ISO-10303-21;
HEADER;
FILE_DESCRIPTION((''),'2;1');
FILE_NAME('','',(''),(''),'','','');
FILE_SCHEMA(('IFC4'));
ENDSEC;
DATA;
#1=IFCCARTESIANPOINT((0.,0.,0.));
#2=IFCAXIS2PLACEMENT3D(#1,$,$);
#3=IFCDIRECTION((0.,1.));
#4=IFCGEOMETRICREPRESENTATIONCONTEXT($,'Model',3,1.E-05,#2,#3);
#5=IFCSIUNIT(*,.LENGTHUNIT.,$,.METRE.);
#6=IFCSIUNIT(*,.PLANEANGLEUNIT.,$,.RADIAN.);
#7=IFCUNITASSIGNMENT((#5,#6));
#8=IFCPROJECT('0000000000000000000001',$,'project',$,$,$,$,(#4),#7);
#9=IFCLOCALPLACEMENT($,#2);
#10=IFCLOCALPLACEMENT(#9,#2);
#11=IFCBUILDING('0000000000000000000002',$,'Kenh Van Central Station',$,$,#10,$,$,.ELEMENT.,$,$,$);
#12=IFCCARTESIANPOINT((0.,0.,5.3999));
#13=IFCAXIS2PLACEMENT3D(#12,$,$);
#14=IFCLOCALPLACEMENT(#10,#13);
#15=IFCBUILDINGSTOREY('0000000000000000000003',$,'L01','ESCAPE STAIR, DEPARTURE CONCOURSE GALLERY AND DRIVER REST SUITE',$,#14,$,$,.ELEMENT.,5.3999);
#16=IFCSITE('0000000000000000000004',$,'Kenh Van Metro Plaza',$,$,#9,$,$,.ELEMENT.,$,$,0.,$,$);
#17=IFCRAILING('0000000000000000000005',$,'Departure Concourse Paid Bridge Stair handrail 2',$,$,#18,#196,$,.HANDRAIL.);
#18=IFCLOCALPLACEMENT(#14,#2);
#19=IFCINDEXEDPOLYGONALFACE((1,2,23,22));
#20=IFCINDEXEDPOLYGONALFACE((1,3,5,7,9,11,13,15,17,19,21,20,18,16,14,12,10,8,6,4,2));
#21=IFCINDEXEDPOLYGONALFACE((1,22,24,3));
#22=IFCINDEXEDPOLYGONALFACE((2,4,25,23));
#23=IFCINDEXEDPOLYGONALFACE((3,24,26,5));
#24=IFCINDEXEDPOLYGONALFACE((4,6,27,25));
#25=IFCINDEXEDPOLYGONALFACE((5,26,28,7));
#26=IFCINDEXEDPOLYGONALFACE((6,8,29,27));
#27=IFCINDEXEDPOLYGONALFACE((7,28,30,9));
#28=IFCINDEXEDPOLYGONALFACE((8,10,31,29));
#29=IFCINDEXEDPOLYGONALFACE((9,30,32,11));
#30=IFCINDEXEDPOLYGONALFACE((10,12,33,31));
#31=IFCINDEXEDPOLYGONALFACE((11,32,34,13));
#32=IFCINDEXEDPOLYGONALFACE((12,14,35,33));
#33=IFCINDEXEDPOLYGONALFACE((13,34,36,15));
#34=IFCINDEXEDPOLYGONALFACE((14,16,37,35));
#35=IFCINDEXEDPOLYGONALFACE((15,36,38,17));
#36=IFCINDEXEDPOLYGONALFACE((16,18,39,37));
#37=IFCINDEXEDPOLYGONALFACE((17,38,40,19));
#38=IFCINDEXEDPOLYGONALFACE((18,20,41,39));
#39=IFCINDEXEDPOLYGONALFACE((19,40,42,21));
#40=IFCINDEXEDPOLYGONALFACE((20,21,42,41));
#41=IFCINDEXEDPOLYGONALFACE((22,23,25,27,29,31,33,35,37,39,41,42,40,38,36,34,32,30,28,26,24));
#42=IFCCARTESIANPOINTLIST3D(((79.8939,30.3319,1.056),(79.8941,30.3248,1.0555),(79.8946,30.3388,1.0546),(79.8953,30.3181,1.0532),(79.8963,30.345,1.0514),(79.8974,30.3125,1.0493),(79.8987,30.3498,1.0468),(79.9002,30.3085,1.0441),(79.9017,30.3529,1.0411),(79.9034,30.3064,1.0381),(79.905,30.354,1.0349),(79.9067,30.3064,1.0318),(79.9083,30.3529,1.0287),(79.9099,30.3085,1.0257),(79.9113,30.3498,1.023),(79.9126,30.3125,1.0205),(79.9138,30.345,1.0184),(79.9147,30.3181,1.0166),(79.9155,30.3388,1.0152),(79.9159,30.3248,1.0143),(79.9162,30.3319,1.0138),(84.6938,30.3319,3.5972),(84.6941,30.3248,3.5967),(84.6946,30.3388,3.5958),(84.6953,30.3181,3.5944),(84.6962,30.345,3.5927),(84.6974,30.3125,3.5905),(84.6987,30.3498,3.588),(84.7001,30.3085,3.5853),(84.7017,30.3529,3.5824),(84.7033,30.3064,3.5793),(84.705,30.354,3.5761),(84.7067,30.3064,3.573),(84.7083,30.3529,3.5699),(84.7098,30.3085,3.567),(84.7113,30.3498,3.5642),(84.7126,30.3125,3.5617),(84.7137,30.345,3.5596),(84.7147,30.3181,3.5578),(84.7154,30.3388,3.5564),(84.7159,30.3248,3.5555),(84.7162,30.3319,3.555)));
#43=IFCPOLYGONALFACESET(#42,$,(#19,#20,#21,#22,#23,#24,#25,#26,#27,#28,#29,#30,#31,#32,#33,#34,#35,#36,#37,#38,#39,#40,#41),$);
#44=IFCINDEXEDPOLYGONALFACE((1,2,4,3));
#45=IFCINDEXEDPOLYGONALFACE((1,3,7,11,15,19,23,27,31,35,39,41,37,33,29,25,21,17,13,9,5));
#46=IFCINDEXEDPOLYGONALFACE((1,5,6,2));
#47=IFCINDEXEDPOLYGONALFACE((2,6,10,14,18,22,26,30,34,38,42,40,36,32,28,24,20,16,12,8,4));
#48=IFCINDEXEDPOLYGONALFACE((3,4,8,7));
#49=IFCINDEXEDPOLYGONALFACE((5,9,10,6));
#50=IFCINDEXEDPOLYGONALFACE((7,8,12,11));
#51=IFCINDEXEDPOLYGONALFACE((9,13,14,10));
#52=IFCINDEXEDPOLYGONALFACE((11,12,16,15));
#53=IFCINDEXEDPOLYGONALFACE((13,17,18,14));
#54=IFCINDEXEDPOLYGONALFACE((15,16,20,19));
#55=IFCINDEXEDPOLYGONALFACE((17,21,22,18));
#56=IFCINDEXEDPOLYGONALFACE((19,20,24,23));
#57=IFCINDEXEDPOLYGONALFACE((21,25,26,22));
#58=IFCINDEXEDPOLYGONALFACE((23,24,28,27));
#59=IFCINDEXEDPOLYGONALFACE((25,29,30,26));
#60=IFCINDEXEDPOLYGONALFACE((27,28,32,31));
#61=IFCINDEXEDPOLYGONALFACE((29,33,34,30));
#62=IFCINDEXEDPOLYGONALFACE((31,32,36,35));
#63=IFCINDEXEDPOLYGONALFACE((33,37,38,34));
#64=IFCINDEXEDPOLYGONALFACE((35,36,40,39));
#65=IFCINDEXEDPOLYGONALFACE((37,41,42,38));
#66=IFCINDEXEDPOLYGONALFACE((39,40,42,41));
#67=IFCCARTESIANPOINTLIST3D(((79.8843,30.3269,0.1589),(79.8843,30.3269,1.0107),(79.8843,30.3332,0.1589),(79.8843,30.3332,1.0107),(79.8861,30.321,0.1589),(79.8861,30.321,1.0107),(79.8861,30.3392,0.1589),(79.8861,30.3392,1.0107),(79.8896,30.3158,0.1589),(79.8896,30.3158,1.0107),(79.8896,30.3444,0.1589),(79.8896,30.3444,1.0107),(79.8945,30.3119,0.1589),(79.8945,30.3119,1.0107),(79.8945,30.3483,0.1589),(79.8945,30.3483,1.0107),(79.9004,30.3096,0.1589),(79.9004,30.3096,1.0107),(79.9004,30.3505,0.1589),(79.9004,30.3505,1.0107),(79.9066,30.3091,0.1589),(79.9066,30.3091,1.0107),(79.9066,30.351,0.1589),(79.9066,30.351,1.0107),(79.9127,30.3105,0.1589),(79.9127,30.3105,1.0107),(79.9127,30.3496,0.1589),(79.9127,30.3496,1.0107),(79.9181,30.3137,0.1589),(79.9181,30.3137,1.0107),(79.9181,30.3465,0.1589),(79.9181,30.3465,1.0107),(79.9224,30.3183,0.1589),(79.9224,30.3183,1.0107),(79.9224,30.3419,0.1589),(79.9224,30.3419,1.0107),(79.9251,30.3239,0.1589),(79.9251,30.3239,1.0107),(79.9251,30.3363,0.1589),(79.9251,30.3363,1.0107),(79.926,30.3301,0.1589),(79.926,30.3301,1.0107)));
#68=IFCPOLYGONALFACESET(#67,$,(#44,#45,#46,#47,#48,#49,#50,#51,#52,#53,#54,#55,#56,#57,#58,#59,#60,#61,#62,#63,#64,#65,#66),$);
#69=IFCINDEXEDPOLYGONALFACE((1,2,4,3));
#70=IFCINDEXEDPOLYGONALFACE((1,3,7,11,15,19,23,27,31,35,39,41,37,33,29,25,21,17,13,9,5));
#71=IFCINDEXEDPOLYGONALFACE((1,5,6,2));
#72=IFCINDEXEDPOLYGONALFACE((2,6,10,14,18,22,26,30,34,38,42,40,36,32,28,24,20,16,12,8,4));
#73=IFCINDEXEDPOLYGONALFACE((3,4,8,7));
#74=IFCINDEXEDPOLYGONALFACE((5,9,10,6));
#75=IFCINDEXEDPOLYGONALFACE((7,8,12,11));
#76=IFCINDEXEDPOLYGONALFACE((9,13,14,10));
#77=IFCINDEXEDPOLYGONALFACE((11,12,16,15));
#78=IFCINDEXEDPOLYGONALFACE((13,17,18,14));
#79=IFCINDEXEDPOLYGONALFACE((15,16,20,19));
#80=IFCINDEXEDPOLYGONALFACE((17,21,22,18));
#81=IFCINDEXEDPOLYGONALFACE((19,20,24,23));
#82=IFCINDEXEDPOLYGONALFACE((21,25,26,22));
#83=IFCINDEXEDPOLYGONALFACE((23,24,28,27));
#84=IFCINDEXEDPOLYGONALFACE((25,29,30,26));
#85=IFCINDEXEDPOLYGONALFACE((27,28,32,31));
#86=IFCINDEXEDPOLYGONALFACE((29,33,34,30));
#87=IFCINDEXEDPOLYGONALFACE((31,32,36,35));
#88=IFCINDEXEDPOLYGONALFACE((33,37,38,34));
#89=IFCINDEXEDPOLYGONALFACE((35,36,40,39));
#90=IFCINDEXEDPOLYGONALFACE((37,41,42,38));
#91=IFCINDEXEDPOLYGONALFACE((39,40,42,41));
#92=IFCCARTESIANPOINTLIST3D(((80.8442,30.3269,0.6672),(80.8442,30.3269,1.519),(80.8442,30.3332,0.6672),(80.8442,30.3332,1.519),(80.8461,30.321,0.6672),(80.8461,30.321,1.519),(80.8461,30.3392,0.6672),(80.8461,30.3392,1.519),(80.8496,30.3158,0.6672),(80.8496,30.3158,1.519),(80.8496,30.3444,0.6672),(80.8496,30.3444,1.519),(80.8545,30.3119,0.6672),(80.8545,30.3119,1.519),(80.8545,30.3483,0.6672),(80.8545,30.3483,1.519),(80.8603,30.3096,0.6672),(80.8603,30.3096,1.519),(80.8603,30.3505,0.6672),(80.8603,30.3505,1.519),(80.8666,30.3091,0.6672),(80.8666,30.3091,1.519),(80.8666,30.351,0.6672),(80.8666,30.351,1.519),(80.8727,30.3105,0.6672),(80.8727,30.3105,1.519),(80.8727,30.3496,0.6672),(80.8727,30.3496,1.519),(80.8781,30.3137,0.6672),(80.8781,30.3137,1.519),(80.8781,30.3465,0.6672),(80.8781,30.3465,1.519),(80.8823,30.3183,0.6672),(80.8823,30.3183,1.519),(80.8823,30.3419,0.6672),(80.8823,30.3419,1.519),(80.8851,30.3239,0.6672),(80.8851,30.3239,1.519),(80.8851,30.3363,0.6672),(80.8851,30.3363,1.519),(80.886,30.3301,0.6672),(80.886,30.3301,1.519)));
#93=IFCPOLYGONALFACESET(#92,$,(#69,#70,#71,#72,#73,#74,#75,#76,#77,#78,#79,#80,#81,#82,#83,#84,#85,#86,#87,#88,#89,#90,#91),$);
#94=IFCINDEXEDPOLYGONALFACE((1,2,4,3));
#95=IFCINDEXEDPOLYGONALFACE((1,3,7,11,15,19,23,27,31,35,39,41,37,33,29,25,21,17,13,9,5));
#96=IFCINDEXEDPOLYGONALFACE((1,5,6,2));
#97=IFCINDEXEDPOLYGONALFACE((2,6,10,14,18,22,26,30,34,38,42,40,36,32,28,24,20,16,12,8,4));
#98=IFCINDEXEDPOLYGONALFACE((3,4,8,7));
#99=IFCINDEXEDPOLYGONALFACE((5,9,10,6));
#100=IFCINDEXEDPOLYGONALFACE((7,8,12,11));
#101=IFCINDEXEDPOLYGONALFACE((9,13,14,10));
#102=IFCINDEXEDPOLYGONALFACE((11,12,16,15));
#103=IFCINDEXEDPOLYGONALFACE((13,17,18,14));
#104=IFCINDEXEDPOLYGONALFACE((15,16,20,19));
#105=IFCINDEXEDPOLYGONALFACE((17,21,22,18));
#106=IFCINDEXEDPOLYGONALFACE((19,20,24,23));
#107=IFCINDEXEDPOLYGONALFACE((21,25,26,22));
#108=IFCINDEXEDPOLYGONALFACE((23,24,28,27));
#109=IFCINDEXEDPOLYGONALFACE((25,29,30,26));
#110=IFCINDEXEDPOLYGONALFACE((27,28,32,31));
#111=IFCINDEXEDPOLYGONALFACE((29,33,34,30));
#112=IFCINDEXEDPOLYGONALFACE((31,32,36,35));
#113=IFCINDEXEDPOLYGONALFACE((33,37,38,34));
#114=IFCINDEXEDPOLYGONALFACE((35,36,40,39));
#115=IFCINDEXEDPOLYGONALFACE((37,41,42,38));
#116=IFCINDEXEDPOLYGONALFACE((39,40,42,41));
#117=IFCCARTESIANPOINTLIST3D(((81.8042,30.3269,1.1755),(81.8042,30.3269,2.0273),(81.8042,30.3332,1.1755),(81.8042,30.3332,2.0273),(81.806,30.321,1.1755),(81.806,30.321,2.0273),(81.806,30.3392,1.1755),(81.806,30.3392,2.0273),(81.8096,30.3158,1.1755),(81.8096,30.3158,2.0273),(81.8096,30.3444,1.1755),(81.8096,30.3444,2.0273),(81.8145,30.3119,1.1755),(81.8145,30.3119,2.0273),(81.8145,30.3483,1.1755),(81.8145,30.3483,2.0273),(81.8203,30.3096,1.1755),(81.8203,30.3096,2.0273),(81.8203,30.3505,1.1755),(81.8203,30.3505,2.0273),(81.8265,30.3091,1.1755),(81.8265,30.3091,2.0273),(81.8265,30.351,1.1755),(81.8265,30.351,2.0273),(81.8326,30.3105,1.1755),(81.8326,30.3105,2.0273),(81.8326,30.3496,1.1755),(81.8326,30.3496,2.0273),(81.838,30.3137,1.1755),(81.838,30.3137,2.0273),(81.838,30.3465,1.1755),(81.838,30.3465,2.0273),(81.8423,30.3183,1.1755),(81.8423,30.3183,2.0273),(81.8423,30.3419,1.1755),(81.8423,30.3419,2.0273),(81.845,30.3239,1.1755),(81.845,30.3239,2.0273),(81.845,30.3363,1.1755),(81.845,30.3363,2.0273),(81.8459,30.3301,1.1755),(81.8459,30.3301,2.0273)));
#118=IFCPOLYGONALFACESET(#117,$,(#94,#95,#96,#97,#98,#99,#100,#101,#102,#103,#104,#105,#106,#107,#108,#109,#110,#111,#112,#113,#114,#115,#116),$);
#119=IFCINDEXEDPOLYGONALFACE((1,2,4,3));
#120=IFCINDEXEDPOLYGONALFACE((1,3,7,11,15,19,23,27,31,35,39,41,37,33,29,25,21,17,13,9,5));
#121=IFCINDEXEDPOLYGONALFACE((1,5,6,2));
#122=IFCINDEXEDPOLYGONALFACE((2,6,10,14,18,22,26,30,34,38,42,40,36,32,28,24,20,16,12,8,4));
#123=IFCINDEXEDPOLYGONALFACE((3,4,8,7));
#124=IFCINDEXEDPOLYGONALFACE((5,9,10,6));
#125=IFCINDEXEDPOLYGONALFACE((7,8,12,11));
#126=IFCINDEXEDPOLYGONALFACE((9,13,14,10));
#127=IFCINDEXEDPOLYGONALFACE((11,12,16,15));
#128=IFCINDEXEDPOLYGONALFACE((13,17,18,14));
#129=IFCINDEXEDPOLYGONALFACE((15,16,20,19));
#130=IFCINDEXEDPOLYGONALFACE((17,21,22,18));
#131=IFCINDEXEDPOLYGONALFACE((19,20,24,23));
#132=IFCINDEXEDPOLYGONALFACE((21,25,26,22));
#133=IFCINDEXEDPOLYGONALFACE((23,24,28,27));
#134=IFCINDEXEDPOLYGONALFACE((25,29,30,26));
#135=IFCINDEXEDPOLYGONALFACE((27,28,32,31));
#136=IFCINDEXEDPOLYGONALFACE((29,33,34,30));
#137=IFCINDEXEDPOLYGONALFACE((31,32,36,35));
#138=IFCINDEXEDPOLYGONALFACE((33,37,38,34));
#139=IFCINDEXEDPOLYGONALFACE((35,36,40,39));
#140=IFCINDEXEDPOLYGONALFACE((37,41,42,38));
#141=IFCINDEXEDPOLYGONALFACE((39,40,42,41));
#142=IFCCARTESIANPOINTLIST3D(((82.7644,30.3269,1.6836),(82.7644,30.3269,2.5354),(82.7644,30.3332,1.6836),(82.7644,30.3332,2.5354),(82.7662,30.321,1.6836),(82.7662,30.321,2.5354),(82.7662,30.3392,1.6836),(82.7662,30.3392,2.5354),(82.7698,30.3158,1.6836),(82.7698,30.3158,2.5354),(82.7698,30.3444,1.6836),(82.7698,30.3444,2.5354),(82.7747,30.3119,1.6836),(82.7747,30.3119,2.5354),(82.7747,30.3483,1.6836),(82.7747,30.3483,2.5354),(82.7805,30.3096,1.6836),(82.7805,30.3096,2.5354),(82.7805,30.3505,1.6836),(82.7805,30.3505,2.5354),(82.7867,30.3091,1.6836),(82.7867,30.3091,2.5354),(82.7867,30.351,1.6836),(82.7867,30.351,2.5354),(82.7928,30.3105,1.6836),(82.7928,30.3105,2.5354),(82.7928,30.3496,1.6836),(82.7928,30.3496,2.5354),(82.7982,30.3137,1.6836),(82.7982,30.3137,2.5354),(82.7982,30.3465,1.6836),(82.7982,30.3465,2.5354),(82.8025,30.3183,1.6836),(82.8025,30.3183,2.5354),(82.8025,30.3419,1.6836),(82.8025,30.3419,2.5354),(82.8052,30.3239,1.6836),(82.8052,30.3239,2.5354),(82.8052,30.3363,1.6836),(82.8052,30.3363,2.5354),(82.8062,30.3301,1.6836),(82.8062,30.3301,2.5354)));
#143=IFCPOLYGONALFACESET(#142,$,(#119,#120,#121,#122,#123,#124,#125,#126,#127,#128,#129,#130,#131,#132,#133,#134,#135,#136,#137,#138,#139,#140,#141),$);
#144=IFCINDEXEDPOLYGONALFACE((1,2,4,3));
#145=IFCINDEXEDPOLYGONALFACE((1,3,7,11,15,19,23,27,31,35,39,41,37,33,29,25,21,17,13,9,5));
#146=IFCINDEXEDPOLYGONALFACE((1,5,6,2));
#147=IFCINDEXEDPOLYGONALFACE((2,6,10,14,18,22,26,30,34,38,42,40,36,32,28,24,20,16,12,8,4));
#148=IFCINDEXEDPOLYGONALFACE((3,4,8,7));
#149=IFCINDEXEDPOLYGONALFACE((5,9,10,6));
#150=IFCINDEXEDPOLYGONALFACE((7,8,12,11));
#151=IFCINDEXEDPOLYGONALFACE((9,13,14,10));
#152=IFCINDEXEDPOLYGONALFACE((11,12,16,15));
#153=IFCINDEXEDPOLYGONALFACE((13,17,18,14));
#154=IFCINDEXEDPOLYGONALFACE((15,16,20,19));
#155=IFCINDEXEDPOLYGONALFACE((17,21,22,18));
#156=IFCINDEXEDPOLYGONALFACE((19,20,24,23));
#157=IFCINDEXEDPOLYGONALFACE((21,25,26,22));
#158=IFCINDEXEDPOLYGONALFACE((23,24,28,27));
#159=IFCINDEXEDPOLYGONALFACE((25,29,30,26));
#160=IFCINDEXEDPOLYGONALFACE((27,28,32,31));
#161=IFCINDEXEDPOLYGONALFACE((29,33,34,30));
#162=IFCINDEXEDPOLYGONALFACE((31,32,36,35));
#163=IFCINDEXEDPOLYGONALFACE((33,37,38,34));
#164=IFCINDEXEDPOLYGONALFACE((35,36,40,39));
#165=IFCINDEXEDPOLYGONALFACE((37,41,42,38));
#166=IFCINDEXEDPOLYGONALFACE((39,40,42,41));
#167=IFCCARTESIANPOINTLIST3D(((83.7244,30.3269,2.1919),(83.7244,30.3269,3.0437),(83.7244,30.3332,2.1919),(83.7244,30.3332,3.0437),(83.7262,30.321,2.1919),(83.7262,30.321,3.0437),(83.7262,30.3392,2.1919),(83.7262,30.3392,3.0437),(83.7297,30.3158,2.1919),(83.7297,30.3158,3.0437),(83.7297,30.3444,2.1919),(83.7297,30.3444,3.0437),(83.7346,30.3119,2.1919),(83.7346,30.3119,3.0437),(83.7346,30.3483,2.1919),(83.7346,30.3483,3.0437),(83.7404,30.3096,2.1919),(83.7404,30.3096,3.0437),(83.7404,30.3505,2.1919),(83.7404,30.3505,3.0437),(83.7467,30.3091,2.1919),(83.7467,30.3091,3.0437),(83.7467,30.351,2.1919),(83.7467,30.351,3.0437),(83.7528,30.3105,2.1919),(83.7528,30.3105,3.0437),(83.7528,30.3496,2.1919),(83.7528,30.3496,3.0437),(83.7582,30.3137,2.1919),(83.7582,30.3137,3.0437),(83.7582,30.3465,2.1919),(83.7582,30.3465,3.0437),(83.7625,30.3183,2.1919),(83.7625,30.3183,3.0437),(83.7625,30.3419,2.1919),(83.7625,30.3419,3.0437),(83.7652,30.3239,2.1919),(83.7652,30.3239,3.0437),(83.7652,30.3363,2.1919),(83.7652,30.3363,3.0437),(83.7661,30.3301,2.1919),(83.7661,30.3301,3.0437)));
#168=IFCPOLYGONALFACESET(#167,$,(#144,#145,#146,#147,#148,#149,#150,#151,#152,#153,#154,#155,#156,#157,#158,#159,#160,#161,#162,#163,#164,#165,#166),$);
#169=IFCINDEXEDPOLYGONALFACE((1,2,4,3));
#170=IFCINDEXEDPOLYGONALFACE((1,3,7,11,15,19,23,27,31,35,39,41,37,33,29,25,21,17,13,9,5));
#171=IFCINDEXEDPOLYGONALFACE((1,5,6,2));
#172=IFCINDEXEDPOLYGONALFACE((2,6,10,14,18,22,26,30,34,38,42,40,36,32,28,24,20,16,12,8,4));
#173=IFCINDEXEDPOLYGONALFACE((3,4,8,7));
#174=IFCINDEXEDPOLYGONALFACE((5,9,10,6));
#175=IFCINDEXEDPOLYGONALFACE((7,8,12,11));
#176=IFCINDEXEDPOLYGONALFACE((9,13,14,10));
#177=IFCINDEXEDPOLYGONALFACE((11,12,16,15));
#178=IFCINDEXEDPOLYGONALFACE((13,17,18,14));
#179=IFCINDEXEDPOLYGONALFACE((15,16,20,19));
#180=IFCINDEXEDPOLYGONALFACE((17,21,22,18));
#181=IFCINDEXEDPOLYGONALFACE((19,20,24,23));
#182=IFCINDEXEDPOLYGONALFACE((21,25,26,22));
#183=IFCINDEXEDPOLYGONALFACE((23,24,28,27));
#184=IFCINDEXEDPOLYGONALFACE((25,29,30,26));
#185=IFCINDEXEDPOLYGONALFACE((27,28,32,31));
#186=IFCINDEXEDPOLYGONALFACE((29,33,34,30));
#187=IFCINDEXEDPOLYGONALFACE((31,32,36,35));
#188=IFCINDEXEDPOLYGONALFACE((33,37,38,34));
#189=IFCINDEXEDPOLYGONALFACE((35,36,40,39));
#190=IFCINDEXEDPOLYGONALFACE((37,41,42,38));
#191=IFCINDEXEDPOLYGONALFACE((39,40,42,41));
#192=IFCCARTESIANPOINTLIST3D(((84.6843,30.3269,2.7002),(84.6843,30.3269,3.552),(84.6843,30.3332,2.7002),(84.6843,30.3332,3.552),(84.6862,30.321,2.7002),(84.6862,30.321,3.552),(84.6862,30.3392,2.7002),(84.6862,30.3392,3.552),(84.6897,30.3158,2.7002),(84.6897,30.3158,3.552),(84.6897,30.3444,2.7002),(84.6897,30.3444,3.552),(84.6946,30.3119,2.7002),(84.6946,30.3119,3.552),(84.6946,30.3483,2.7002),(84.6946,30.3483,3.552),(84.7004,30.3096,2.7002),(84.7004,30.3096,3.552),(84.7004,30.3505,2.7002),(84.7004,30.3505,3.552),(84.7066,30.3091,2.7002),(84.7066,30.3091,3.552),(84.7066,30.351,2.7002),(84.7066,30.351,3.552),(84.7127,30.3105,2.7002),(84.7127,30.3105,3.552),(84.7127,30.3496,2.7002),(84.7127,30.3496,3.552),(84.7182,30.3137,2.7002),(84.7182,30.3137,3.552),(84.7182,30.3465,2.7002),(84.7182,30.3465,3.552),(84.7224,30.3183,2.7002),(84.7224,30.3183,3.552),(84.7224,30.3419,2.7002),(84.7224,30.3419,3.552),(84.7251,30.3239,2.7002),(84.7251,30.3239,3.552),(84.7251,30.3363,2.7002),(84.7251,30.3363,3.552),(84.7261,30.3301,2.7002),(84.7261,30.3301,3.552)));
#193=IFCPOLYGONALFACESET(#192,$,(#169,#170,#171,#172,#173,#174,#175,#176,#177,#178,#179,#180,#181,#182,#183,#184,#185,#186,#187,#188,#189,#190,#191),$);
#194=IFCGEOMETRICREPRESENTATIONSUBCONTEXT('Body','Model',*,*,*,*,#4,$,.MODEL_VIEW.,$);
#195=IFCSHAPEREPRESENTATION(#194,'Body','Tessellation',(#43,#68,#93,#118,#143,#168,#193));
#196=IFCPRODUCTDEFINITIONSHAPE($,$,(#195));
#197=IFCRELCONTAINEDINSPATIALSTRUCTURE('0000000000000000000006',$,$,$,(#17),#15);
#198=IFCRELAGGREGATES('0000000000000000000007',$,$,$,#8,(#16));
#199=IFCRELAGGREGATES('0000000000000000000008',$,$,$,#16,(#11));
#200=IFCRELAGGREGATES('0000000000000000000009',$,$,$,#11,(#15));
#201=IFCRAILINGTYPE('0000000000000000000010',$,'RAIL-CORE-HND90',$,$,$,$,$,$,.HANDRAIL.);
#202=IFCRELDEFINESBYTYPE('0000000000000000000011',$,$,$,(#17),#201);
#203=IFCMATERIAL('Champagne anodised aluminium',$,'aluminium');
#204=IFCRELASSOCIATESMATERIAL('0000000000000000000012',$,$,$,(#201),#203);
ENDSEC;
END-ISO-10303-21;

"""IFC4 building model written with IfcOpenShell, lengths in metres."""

from ifc_helpers import new_model, si_unit, direction, frame, origin, origin_2d, place, context, subcontext, project, spatial, circle, extrude, material, type_object, element, save


model = new_model("IFC4")

# Units and contexts
model_context = context("Model", 3, precision=1e-05, world=origin(), true_north=direction((0.0, 1.0)))
body_context = subcontext(model_context, "Body", "Model", "MODEL_VIEW")
ifc_project = project(units=[si_unit("LENGTHUNIT", "METRE"), si_unit("PLANEANGLEUNIT", "RADIAN")], contexts=[model_context])

# Site, building, storey
site_placement = place(None, origin())
site = spatial("IfcSite", under=ifc_project, at=site_placement, Name="Kenh Van Metro Plaza", CompositionType="ELEMENT", RefElevation=0.0)
building_placement = place(site_placement, origin())
building = spatial("IfcBuilding", under=site, at=building_placement, Name="Kenh Van Central Station", CompositionType="ELEMENT")
storey_placement = place(building_placement, frame((0.0, 0.0, 5.3999)))
storey = spatial("IfcBuildingStorey", under=building, at=storey_placement, Name="L01", Description="ESCAPE STAIR, DEPARTURE CONCOURSE GALLERY AND DRIVER REST SUITE", CompositionType="ELEMENT", Elevation=5.3999)

# Shared definitions
ifc_material_1 = material(Name="Champagne anodised aluminium", Category="aluminium")

# Railing
railing_type_1 = type_object("IfcRailingType", Name="RAIL-CORE-HND90", PredefinedType="HANDRAIL", material=ifc_material_1)
for number, where, name in (
    (1, (79.905, 30.3301, 0.1589), "Departure Concourse Paid Bridge Stair handrail 2"),
):
    element("IfcRailing", number, at=place(storey_placement, frame(where)), inside=storey, type_object=railing_type_1, Name=name, PredefinedType="HANDRAIL", context=body_context, shape_type="SweptSolid", body=[
        extrude(circle(Radius=0.0239, at=origin_2d()), frame((0.0, 0.0, 0.876), z_axis=(0.883784, 0.0, 0.467896), x_axis=(0.0, 1.0, 0.0)), (0.0, 0.0, 1.0), 5.4312),
        extrude(circle(Radius=0.021, at=origin_2d()), origin(), (0.0, 0.0, 1.0), 0.8518),
        extrude(circle(Radius=0.021, at=origin_2d()), frame((0.96, 0.0, 0.5083)), (0.0, 0.0, 1.0), 0.8518),
        extrude(circle(Radius=0.021, at=origin_2d()), frame((1.9199, 0.0, 1.0166)), (0.0, 0.0, 1.0), 0.8518),
        extrude(circle(Radius=0.021, at=origin_2d()), frame((2.8801, 0.0, 1.5247)), (0.0, 0.0, 1.0), 0.8518),
        extrude(circle(Radius=0.021, at=origin_2d()), frame((3.8401, 0.0, 2.033)), (0.0, 0.0, 1.0), 0.8518),
        extrude(circle(Radius=0.021, at=origin_2d()), frame((4.8, 0.0, 2.5413)), (0.0, 0.0, 1.0), 0.8518),
    ])

save(model, "model.ifc")
